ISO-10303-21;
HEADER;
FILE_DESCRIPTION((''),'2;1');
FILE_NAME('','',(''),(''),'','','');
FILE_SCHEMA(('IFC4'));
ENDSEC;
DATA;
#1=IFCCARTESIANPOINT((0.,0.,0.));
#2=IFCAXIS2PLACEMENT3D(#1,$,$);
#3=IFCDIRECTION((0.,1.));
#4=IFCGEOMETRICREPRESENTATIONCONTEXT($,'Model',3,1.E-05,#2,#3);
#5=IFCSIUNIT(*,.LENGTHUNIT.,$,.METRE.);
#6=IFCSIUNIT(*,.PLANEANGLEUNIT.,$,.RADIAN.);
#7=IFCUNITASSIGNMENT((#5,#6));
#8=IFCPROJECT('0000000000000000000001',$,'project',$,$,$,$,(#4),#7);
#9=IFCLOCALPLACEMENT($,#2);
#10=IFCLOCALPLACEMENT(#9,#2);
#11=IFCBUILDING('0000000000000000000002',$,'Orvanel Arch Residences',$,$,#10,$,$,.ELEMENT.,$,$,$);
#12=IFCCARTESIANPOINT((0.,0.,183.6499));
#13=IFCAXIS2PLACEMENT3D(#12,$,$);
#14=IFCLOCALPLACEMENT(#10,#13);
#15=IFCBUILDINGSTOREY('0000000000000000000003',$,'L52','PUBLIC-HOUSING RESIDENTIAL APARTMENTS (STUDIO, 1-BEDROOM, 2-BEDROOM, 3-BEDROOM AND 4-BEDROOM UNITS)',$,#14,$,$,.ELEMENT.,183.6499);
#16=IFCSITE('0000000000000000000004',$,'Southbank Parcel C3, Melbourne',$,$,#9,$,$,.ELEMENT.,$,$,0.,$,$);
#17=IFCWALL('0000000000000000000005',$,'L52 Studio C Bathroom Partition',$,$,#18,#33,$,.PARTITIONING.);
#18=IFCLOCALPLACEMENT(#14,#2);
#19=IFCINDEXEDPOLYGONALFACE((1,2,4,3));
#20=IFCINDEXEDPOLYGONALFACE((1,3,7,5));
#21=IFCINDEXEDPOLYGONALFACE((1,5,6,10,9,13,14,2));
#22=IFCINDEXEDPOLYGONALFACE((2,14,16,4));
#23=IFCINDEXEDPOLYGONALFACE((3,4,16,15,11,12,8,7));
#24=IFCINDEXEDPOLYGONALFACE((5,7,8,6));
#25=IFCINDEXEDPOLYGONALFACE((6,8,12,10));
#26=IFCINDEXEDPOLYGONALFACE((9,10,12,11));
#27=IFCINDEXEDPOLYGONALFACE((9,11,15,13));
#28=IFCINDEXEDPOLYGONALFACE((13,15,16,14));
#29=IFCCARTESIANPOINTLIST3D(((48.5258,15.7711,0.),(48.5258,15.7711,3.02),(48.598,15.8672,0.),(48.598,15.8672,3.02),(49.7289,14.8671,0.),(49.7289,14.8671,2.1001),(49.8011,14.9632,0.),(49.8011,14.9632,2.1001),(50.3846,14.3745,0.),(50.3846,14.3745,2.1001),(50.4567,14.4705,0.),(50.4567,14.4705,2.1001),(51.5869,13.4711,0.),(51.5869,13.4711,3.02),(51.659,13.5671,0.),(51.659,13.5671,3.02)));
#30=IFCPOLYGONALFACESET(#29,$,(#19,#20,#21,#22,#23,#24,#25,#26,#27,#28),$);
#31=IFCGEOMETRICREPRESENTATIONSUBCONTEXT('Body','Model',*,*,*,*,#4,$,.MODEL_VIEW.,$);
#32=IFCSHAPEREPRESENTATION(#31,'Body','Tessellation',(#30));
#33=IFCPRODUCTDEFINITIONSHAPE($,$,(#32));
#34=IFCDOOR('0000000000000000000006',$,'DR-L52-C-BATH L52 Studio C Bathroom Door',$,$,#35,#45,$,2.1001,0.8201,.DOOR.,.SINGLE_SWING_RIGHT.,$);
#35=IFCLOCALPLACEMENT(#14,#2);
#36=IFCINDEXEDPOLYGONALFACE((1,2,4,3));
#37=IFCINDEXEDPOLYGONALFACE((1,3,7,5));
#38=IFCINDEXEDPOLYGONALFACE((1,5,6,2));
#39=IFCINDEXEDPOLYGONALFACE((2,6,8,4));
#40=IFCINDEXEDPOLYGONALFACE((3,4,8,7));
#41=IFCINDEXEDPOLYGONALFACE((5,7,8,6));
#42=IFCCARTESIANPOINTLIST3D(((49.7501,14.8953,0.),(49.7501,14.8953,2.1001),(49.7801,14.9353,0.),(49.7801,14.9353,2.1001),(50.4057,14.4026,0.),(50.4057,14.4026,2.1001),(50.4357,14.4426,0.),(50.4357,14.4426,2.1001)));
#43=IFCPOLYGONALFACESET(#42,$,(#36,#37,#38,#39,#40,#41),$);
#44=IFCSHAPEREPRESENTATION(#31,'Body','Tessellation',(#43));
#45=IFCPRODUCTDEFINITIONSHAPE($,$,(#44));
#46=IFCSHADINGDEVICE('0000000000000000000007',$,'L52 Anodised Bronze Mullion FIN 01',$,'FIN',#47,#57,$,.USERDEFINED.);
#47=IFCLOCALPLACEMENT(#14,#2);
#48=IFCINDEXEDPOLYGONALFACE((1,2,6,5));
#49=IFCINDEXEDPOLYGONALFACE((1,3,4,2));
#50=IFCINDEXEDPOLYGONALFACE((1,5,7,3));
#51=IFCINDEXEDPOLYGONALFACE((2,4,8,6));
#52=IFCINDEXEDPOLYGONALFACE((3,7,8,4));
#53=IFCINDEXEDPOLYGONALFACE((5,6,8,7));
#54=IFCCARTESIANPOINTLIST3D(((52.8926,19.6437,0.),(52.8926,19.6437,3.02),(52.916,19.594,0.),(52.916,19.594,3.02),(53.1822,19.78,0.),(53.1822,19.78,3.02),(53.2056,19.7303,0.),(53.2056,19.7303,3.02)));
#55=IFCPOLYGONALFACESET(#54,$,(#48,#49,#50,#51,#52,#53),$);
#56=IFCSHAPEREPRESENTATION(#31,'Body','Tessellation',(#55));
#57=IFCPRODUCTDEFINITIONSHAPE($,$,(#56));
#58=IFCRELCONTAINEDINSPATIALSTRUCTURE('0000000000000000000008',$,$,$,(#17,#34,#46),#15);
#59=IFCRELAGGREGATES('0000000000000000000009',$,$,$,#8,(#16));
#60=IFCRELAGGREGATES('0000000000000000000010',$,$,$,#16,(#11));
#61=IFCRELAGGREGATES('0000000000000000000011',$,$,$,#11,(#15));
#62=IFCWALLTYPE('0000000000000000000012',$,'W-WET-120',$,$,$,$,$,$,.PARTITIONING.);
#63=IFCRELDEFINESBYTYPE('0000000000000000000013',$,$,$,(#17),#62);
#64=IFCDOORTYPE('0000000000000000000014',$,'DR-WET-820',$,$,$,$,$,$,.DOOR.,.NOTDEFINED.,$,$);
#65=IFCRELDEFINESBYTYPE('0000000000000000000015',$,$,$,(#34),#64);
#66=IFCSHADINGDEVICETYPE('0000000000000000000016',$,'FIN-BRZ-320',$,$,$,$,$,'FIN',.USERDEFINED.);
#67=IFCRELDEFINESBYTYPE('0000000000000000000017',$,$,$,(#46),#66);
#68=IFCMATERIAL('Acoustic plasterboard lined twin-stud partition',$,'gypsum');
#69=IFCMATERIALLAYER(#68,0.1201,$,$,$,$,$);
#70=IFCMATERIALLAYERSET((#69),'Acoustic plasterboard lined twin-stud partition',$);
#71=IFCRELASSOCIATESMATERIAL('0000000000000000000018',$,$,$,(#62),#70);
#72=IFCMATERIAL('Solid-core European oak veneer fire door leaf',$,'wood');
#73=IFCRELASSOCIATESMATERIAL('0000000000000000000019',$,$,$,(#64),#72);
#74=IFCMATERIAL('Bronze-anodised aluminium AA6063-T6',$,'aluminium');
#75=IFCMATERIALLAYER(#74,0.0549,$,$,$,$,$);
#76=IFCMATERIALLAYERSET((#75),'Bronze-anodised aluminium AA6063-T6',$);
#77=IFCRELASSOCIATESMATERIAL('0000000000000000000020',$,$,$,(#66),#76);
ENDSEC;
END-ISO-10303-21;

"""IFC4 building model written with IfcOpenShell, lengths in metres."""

from ifc_helpers import new_model, si_unit, direction, frame, frame_2d, origin, origin_2d, place, context, subcontext, project, spatial, rectangle, extrude, material, layer, layer_set, type_object, element, fill, save


model = new_model("IFC4")

# Units and contexts
model_context = context("Model", 3, precision=1e-05, world=origin(), true_north=direction((0.0, 1.0)))
body_context = subcontext(model_context, "Body", "Model", "MODEL_VIEW")
ifc_project = project(units=[si_unit("LENGTHUNIT", "METRE"), si_unit("PLANEANGLEUNIT", "RADIAN")], contexts=[model_context])

# Site, building, storey
site_placement = place(None, origin())
site = spatial("IfcSite", under=ifc_project, at=site_placement, Name="Southbank Parcel C3, Melbourne", CompositionType="ELEMENT", RefElevation=0.0)
building_placement = place(site_placement, origin())
building = spatial("IfcBuilding", under=site, at=building_placement, Name="Orvanel Arch Residences", CompositionType="ELEMENT")
storey_placement = place(building_placement, frame((0.0, 0.0, 183.6499)))
storey = spatial("IfcBuildingStorey", under=building, at=storey_placement, Name="L52", Description="PUBLIC-HOUSING RESIDENTIAL APARTMENTS (STUDIO, 1-BEDROOM, 2-BEDROOM, 3-BEDROOM AND 4-BEDROOM UNITS)", CompositionType="ELEMENT", Elevation=183.6499)

# Shared definitions
ifc_material_1 = material(Name="Bronze-anodised aluminium AA6063-T6", Category="aluminium")

# Wall, opening, door
ifc_material_2 = material(Name="Acoustic plasterboard lined twin-stud partition", Category="gypsum")
ifc_layer_1 = layer(ifc_material_2, 0.1201)
ifc_layer_set_1 = layer_set([ifc_layer_1], Name="Acoustic plasterboard lined twin-stud partition")
wall_type_1 = type_object("IfcWallType", Name="W-WET-120", PredefinedType="PARTITIONING", material=ifc_layer_set_1)
wall_1_placement = place(storey_placement, frame((51.623, 13.519, 0.0), z_axis=(0.0, 0.0, 1.0), x_axis=(-0.799464, 0.600714, 0.0)))
wall_1 = element("IfcWall", 1, at=wall_1_placement, inside=storey, type_object=wall_type_1, Name="L52 Studio C Bathroom Partition", PredefinedType="PARTITIONING", context=body_context, shape_type="SweptSolid", body=[
    extrude(rectangle(XDim=3.8289, YDim=0.1201, at=frame_2d((1.9146, 0.0))), origin(), (0.0, 0.0, 1.0), 3.02),
])
opening_1_placement = place(wall_1_placement, frame((1.5039, 0.0, 0.0)))
opening_1 = element("IfcOpeningElement", 2, at=opening_1_placement, cuts=wall_1, PredefinedType="OPENING", context=body_context, shape_type="SweptSolid", body=[
    extrude(rectangle(XDim=0.8201, YDim=2.1001, at=frame_2d((0.4102, 1.05))), frame((0.0, 0.0701, 0.0), z_axis=(0.0, -1.0, 0.0), x_axis=(1.0, 0.0, 0.0)), (0.0, 0.0, 1.0), 0.1401),
])
ifc_material_3 = material(Name="Solid-core European oak veneer fire door leaf", Category="wood")
door_type_1 = type_object("IfcDoorType", Name="DR-WET-820", OperationType="NOTDEFINED", PredefinedType="DOOR", material=ifc_material_3)
door_1_placement = place(opening_1_placement, origin())
door_1 = element("IfcDoor", 3, at=door_1_placement, inside=storey, type_object=door_type_1, Name="DR-L52-C-BATH L52 Studio C Bathroom Door", OperationType="SINGLE_SWING_RIGHT", OverallHeight=2.1001, OverallWidth=0.8201, PredefinedType="DOOR", context=body_context, shape_type="SweptSolid", body=[
    extrude(rectangle(XDim=0.8201, YDim=2.1001, at=frame_2d((0.4102, 1.05))), frame((0.0, 0.0249, 0.0), z_axis=(0.0, -1.0, 0.0), x_axis=(1.0, 0.0, 0.0)), (0.0, 0.0, 1.0), 0.05),
])
fill(opening_1, door_1)

# Shading device
ifc_layer_2 = layer(ifc_material_1, 0.0549)
ifc_layer_set_2 = layer_set([ifc_layer_2], Name="Bronze-anodised aluminium AA6063-T6")
shading_device_type = type_object("IfcShadingDeviceType", Name="FIN-BRZ-320", ElementType="FIN", PredefinedType="USERDEFINED", material=ifc_layer_set_2)
shading_device_placement = place(storey_placement, frame((53.0491, 19.687, 0.0), z_axis=(0.0, 0.0, 1.0), x_axis=(0.904827, 0.425779, 0.0)))
element("IfcShadingDevice", 4, at=shading_device_placement, inside=storey, type_object=shading_device_type, Name="L52 Anodised Bronze Mullion FIN 01", ObjectType="FIN", PredefinedType="USERDEFINED", context=body_context, shape_type="SweptSolid", body=[
    extrude(rectangle(XDim=0.3201, YDim=0.0549, at=origin_2d()), origin(), (0.0, 0.0, 1.0), 3.02),
])

save(model, "model.ifc")
